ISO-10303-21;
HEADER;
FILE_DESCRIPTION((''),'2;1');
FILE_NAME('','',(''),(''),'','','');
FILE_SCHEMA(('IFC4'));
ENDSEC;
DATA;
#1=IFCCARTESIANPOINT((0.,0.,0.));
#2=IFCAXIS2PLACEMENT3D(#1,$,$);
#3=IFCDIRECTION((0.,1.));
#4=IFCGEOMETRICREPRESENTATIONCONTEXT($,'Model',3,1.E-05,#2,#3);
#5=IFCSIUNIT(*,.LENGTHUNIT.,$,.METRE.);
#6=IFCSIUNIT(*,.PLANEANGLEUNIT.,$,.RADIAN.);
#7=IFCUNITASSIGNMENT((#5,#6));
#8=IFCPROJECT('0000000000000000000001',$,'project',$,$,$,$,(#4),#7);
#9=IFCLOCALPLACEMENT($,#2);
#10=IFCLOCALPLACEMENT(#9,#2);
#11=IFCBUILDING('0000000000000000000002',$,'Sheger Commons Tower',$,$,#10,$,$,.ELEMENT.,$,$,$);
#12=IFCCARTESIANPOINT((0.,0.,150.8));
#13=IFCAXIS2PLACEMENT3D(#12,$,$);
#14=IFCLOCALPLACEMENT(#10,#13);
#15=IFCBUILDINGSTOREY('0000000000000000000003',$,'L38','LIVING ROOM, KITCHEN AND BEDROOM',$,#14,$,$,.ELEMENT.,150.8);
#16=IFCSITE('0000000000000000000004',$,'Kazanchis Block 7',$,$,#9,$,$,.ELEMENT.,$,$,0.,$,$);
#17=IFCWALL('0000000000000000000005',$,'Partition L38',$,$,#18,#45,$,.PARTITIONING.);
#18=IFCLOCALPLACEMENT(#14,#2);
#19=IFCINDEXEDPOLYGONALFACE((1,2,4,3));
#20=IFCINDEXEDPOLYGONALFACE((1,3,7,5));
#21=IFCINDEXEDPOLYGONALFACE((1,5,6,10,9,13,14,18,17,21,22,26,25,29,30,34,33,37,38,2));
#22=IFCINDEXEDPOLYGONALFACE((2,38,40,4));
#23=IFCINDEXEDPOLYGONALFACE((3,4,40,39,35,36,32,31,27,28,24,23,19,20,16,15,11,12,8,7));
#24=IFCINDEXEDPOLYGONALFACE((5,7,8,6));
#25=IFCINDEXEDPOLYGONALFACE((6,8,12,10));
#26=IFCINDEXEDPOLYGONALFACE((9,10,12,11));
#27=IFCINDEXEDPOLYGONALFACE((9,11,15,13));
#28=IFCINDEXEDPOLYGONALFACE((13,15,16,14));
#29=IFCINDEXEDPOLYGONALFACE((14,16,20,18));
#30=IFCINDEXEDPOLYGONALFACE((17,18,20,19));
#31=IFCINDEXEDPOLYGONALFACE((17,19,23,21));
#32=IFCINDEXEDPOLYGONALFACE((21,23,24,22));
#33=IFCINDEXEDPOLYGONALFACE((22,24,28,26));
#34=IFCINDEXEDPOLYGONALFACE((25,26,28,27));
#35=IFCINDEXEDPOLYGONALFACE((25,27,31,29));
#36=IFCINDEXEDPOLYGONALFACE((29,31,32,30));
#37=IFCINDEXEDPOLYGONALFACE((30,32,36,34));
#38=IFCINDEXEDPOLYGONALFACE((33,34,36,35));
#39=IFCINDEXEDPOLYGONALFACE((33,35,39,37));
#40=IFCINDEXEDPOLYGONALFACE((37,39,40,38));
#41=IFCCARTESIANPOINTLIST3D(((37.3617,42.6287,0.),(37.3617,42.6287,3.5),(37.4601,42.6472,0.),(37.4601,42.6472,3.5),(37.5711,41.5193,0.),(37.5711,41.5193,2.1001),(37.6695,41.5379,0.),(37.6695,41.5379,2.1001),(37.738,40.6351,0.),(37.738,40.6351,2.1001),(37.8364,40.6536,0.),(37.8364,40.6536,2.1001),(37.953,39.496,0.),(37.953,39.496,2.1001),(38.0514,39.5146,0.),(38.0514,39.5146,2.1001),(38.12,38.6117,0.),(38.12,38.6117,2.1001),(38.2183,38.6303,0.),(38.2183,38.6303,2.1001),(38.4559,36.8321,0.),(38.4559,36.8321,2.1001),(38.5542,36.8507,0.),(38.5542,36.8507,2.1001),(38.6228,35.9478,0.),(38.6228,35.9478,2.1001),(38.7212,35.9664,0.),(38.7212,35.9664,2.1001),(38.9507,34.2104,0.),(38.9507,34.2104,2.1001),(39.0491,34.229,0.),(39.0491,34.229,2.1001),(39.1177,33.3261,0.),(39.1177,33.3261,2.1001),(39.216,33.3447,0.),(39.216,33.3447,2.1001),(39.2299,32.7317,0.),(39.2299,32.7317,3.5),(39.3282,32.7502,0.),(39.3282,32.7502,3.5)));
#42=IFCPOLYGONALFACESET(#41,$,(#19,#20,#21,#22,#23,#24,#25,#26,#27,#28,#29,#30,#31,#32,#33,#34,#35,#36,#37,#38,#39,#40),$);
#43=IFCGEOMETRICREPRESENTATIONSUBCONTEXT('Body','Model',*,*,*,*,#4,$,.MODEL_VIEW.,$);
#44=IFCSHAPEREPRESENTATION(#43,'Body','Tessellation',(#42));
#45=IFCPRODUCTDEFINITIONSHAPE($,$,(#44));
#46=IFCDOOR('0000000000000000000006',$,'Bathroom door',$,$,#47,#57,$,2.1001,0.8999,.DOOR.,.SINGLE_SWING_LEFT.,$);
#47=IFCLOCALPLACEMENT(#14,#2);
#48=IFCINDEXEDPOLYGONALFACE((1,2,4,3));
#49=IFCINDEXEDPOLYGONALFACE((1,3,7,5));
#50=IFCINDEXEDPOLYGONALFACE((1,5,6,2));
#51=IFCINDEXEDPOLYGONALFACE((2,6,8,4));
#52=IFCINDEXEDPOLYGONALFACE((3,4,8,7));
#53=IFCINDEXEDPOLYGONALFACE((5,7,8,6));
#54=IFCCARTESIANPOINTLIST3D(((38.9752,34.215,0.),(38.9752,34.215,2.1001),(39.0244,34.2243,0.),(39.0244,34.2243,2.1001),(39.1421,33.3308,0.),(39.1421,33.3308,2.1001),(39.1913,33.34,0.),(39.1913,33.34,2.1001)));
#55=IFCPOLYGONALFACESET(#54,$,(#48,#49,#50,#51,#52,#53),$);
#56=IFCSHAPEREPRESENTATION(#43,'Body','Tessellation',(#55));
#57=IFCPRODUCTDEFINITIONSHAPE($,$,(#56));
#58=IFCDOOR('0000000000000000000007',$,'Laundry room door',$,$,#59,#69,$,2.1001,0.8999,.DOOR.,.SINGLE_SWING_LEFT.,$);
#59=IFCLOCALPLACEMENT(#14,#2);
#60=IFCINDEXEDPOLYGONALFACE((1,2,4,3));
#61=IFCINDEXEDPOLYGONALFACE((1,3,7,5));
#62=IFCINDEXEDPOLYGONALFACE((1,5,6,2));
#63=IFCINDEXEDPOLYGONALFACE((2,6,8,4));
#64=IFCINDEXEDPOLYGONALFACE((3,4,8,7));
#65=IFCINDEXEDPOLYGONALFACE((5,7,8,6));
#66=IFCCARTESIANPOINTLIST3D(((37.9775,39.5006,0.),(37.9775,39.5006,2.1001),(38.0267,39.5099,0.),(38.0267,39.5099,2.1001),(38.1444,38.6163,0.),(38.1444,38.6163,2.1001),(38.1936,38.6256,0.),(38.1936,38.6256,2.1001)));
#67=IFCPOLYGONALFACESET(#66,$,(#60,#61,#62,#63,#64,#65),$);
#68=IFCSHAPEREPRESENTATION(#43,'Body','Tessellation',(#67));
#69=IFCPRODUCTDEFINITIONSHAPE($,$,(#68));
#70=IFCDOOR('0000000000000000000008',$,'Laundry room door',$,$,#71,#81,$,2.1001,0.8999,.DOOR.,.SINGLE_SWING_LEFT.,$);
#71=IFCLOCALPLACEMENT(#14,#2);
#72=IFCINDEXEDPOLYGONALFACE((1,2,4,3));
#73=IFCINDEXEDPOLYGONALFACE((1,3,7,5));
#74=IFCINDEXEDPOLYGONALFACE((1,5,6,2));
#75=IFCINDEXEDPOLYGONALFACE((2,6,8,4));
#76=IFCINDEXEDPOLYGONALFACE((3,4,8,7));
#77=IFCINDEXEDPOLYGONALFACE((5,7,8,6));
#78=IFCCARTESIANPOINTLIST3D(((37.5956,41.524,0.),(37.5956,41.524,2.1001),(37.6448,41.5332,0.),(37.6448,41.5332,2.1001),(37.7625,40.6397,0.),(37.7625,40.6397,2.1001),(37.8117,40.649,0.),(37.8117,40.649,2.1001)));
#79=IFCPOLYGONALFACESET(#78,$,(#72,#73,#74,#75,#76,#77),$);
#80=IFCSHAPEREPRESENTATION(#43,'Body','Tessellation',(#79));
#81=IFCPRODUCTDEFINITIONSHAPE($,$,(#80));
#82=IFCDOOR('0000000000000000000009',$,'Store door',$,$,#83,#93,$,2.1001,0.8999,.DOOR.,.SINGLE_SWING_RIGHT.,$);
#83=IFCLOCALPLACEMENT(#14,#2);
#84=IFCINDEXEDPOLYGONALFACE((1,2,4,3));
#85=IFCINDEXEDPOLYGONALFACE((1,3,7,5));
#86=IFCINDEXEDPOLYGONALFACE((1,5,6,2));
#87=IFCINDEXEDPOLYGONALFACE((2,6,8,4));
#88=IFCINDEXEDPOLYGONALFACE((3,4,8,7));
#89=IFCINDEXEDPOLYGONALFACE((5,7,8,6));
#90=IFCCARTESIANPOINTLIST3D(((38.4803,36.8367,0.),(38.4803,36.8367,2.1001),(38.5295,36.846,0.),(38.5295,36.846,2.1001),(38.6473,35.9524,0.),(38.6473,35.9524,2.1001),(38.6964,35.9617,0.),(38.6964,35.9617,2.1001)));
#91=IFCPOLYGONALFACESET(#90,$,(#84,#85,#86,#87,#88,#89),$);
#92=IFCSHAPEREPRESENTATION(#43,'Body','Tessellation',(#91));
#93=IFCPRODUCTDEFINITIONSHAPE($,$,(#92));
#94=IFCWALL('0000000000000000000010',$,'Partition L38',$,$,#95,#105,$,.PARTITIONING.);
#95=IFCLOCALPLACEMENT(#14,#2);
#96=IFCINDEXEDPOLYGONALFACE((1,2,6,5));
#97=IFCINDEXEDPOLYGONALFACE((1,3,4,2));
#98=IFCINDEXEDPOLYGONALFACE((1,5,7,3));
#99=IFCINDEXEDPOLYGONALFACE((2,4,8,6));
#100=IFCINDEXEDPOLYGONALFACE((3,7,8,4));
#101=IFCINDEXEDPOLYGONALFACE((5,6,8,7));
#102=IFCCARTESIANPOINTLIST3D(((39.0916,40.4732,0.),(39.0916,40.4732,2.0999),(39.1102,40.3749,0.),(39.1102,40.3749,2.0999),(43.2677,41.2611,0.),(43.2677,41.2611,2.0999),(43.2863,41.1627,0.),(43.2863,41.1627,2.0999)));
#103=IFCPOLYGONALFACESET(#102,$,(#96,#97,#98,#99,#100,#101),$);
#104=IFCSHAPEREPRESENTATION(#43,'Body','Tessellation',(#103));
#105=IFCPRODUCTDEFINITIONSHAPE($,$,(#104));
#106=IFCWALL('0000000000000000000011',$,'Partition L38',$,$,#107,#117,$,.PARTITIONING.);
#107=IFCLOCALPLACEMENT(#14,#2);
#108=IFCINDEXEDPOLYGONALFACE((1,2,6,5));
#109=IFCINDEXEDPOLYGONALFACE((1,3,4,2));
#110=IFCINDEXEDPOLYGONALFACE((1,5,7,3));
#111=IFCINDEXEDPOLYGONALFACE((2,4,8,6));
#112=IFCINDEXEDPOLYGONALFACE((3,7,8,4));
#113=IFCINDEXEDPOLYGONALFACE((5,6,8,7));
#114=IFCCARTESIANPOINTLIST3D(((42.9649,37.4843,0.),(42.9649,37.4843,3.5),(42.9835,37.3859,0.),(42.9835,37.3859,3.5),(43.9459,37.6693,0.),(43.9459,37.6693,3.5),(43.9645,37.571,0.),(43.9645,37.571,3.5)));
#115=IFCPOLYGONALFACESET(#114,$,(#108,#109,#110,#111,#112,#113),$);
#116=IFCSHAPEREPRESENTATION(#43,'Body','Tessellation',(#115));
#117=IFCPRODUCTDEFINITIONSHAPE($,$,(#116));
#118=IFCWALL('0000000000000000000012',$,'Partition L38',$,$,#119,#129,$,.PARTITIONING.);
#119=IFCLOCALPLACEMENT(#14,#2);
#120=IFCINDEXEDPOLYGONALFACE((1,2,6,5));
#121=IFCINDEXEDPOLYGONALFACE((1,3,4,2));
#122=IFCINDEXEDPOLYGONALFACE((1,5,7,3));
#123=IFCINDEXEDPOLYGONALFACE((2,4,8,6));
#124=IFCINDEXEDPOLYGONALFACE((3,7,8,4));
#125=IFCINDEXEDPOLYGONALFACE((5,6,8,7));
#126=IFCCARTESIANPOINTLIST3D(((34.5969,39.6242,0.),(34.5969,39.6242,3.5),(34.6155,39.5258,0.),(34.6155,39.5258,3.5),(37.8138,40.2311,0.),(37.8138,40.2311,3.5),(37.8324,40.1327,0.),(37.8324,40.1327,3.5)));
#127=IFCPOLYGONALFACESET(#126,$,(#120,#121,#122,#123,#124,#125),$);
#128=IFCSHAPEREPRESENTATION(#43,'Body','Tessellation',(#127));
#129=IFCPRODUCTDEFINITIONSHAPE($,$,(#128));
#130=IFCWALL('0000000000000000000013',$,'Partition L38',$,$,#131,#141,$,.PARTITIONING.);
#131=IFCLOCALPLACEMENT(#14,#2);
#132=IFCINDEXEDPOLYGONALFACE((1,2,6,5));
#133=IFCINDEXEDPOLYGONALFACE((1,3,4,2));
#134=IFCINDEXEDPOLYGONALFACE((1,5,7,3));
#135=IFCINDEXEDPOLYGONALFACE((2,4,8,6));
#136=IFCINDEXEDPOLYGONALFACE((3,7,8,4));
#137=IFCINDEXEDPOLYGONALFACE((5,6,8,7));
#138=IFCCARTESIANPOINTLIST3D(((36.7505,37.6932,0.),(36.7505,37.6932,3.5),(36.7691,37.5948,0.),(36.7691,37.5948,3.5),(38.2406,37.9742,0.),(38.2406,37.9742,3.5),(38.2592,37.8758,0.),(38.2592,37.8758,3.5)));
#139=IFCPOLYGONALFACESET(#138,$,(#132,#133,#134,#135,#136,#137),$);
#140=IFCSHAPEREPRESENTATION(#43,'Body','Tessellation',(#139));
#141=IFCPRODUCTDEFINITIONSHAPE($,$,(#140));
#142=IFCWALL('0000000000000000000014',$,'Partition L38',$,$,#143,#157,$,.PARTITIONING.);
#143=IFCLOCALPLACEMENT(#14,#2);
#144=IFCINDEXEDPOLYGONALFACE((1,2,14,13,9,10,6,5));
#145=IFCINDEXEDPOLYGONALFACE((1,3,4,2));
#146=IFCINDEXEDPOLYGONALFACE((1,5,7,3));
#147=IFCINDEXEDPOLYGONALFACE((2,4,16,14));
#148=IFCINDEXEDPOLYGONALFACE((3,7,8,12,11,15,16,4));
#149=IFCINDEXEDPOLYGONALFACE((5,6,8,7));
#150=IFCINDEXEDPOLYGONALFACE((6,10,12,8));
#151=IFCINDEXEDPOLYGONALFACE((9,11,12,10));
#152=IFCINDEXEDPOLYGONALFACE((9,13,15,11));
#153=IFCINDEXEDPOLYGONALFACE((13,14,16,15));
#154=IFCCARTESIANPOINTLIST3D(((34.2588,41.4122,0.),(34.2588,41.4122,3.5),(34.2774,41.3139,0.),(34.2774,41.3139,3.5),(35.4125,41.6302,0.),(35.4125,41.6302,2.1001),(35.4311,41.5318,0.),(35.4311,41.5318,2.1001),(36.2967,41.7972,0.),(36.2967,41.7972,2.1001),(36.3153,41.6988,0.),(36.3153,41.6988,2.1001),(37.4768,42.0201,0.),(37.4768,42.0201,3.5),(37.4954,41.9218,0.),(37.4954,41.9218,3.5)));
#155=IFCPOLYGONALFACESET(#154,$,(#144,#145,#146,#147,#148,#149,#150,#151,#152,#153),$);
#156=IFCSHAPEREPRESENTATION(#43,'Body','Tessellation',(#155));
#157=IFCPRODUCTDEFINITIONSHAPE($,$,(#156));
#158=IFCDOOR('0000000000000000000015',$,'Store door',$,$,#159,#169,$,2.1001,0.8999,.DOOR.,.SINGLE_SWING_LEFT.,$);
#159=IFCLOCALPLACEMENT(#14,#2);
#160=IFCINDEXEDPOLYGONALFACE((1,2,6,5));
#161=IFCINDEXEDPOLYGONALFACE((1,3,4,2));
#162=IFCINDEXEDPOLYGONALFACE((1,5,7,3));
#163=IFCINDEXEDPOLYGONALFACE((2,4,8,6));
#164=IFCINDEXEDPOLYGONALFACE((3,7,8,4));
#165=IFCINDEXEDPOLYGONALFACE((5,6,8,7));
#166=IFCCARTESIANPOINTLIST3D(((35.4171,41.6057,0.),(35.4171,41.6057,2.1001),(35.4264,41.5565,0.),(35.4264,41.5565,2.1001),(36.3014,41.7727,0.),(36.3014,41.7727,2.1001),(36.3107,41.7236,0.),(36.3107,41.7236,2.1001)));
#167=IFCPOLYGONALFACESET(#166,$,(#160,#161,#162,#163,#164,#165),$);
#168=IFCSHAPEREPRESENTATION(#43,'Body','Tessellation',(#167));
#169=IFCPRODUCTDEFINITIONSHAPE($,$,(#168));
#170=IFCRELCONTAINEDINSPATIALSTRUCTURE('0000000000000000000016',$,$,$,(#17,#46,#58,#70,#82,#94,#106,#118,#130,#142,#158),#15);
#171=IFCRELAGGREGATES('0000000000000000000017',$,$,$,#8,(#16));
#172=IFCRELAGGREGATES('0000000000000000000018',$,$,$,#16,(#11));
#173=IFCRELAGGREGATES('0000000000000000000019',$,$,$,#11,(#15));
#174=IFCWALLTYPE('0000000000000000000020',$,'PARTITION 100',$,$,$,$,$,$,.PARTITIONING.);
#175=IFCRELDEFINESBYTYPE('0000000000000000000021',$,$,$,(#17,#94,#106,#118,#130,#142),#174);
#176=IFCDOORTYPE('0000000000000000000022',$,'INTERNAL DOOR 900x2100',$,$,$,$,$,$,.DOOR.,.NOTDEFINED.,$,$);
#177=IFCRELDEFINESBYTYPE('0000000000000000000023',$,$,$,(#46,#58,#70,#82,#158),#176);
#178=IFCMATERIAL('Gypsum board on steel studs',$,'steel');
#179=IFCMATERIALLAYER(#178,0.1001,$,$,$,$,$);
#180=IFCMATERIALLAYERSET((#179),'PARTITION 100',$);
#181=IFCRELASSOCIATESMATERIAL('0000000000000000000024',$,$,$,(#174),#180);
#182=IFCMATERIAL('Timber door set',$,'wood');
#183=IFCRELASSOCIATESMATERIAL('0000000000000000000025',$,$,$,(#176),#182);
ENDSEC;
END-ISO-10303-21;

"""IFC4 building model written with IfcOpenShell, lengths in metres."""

from ifc_helpers import new_model, si_unit, direction, frame, frame_2d, origin, place, context, subcontext, project, spatial, rectangle, extrude, material, layer, layer_set, type_object, element, fill, save


model = new_model("IFC4")

# Units and contexts
model_context = context("Model", 3, precision=1e-05, world=origin(), true_north=direction((0.0, 1.0)))
body_context = subcontext(model_context, "Body", "Model", "MODEL_VIEW")
ifc_project = project(units=[si_unit("LENGTHUNIT", "METRE"), si_unit("PLANEANGLEUNIT", "RADIAN")], contexts=[model_context])

# Site, building, storey
site_placement = place(None, origin())
site = spatial("IfcSite", under=ifc_project, at=site_placement, Name="Kazanchis Block 7", CompositionType="ELEMENT", RefElevation=0.0)
building_placement = place(site_placement, origin())
building = spatial("IfcBuilding", under=site, at=building_placement, Name="Sheger Commons Tower", CompositionType="ELEMENT")
storey_placement = place(building_placement, frame((0.0, 0.0, 150.8)))
storey = spatial("IfcBuildingStorey", under=building, at=storey_placement, Name="L38", Description="LIVING ROOM, KITCHEN AND BEDROOM", CompositionType="ELEMENT", Elevation=150.8)

# Shared definitions
ifc_material_1 = material(Name="Gypsum board on steel studs", Category="steel")
ifc_layer_1 = layer(ifc_material_1, 0.1001)
ifc_layer_set_1 = layer_set([ifc_layer_1], Name="PARTITION 100")
wall_type = type_object("IfcWallType", Name="PARTITION 100", PredefinedType="PARTITIONING", material=ifc_layer_set_1)

# Wall, openings, doors
ifc_material_2 = material(Name="Timber door set", Category="wood")
door_type = type_object("IfcDoorType", Name="INTERNAL DOOR 900x2100", OperationType="NOTDEFINED", PredefinedType="DOOR", material=ifc_material_2)
wall_1_placement = place(storey_placement, frame((37.4109, 42.6379, 0.0), z_axis=(0.0, 0.0, 1.0), x_axis=(0.185486, -0.982647, 0.0)))
wall_1 = element("IfcWall", 1, at=wall_1_placement, inside=storey, type_object=wall_type, Name="Partition L38", PredefinedType="PARTITIONING", context=body_context, shape_type="SweptSolid", body=[
    extrude(rectangle(XDim=10.0718, YDim=0.1001, at=frame_2d((5.0359, 0.0))), origin(), (0.0, 0.0, 1.0), 3.5),
])
opening_1_placement = place(wall_1_placement, frame((8.5669, 0.0, 0.0)))
opening_1 = element("IfcOpeningElement", 2, at=opening_1_placement, cuts=wall_1, PredefinedType="OPENING", context=body_context, shape_type="SweptSolid", body=[
    extrude(rectangle(XDim=0.8999, YDim=2.1001, at=frame_2d((0.45, 1.05))), frame((0.0, 0.0601, 0.0), z_axis=(0.0, -1.0, 0.0), x_axis=(1.0, 0.0, 0.0)), (0.0, 0.0, 1.0), 0.1201),
])
opening_2_placement = place(wall_1_placement, frame((3.188, 0.0, 0.0)))
opening_2 = element("IfcOpeningElement", 3, at=opening_2_placement, cuts=wall_1, PredefinedType="OPENING", context=body_context, shape_type="SweptSolid", body=[
    extrude(rectangle(XDim=0.8999, YDim=2.1001, at=frame_2d((0.45, 1.05))), frame((0.0, 0.0601, 0.0), z_axis=(0.0, -1.0, 0.0), x_axis=(1.0, 0.0, 0.0)), (0.0, 0.0, 1.0), 0.1201),
])
opening_3_placement = place(wall_1_placement, frame((1.1289, 0.0, 0.0)))
opening_3 = element("IfcOpeningElement", 4, at=opening_3_placement, cuts=wall_1, PredefinedType="OPENING", context=body_context, shape_type="SweptSolid", body=[
    extrude(rectangle(XDim=0.8999, YDim=2.1001, at=frame_2d((0.45, 1.05))), frame((0.0, 0.0601, 0.0), z_axis=(0.0, -1.0, 0.0), x_axis=(1.0, 0.0, 0.0)), (0.0, 0.0, 1.0), 0.1201),
])
opening_4_placement = place(wall_1_placement, frame((5.8989, 0.0, 0.0)))
opening_4 = element("IfcOpeningElement", 5, at=opening_4_placement, cuts=wall_1, PredefinedType="OPENING", context=body_context, shape_type="SweptSolid", body=[
    extrude(rectangle(XDim=0.8999, YDim=2.1001, at=frame_2d((0.45, 1.05))), frame((0.0, 0.0601, 0.0), z_axis=(0.0, -1.0, 0.0), x_axis=(1.0, 0.0, 0.0)), (0.0, 0.0, 1.0), 0.1201),
])
door_1_placement = place(opening_1_placement, origin())
door_1 = element("IfcDoor", 6, at=door_1_placement, inside=storey, type_object=door_type, Name="Bathroom door", OperationType="SINGLE_SWING_LEFT", OverallHeight=2.1001, OverallWidth=0.8999, PredefinedType="DOOR", context=body_context, shape_type="SweptSolid", body=[
    extrude(rectangle(XDim=0.8999, YDim=2.1001, at=frame_2d((0.45, 1.05))), frame((0.0, 0.0249, 0.0), z_axis=(0.0, -1.0, 0.0), x_axis=(1.0, 0.0, 0.0)), (0.0, 0.0, 1.0), 0.05),
])
fill(opening_1, door_1)
door_2_placement = place(opening_2_placement, origin())
door_2 = element("IfcDoor", 7, at=door_2_placement, inside=storey, type_object=door_type, Name="Laundry room door", OperationType="SINGLE_SWING_LEFT", OverallHeight=2.1001, OverallWidth=0.8999, PredefinedType="DOOR", context=body_context, shape_type="SweptSolid", body=[
    extrude(rectangle(XDim=0.8999, YDim=2.1001, at=frame_2d((0.45, 1.05))), frame((0.0, 0.0249, 0.0), z_axis=(0.0, -1.0, 0.0), x_axis=(1.0, 0.0, 0.0)), (0.0, 0.0, 1.0), 0.05),
])
fill(opening_2, door_2)
door_3_placement = place(opening_3_placement, origin())
door_3 = element("IfcDoor", 8, at=door_3_placement, inside=storey, type_object=door_type, Name="Laundry room door", OperationType="SINGLE_SWING_LEFT", OverallHeight=2.1001, OverallWidth=0.8999, PredefinedType="DOOR", context=body_context, shape_type="SweptSolid", body=[
    extrude(rectangle(XDim=0.8999, YDim=2.1001, at=frame_2d((0.45, 1.05))), frame((0.0, 0.0249, 0.0), z_axis=(0.0, -1.0, 0.0), x_axis=(1.0, 0.0, 0.0)), (0.0, 0.0, 1.0), 0.05),
])
fill(opening_3, door_3)
door_4_placement = place(opening_4_placement, origin())
door_4 = element("IfcDoor", 9, at=door_4_placement, inside=storey, type_object=door_type, Name="Store door", OperationType="SINGLE_SWING_RIGHT", OverallHeight=2.1001, OverallWidth=0.8999, PredefinedType="DOOR", context=body_context, shape_type="SweptSolid", body=[
    extrude(rectangle(XDim=0.8999, YDim=2.1001, at=frame_2d((0.45, 1.05))), frame((0.0, 0.0249, 0.0), z_axis=(0.0, -1.0, 0.0), x_axis=(1.0, 0.0, 0.0)), (0.0, 0.0, 1.0), 0.05),
])
fill(opening_4, door_4)

# Walls
wall_2_placement = place(storey_placement, frame((43.2771, 41.2119, 0.0), z_axis=(0.0, 0.0, 1.0), x_axis=(-0.982665, -0.185388, 0.0)))
element("IfcWall", 10, at=wall_2_placement, inside=storey, type_object=wall_type, Name="Partition L38", PredefinedType="PARTITIONING", context=body_context, shape_type="SweptSolid", body=[
    extrude(rectangle(XDim=4.2498, YDim=0.1001, at=frame_2d((2.125, 0.0))), origin(), (0.0, 0.0, 1.0), 2.0999),
])
wall_3_placement = place(storey_placement, frame((43.9551, 37.6201, 0.0), z_axis=(0.0, 0.0, 1.0), x_axis=(-0.982667, -0.185381, 0.0)))
element("IfcWall", 11, at=wall_3_placement, inside=storey, type_object=wall_type, Name="Partition L38", PredefinedType="PARTITIONING", context=body_context, shape_type="SweptSolid", body=[
    extrude(rectangle(XDim=0.9983, YDim=0.1001, at=frame_2d((0.499, 0.0))), origin(), (0.0, 0.0, 1.0), 3.5),
])
wall_4_placement = place(storey_placement, frame((37.823, 40.1819, 0.0), z_axis=(0.0, 0.0, 1.0), x_axis=(-0.982665, -0.185392, 0.0)))
element("IfcWall", 12, at=wall_4_placement, inside=storey, type_object=wall_type, Name="Partition L38", PredefinedType="PARTITIONING", context=body_context, shape_type="SweptSolid", body=[
    extrude(rectangle(XDim=3.2737, YDim=0.1001, at=frame_2d((1.6367, 0.0))), origin(), (0.0, 0.0, 1.0), 3.5),
])
wall_5_placement = place(storey_placement, frame((38.25, 37.925, 0.0), z_axis=(0.0, 0.0, 1.0), x_axis=(-0.982677, -0.185329, 0.0)))
element("IfcWall", 13, at=wall_5_placement, inside=storey, type_object=wall_type, Name="Partition L38", PredefinedType="PARTITIONING", context=body_context, shape_type="SweptSolid", body=[
    extrude(rectangle(XDim=1.5164, YDim=0.1001, at=frame_2d((0.7583, 0.0))), origin(), (0.0, 0.0, 1.0), 3.5),
])

# Wall, opening, door
wall_6_placement = place(storey_placement, frame((37.4861, 41.9709, 0.0), z_axis=(0.0, 0.0, 1.0), x_axis=(-0.982621, -0.185625, 0.0)))
wall_6 = element("IfcWall", 14, at=wall_6_placement, inside=storey, type_object=wall_type, Name="Partition L38", PredefinedType="PARTITIONING", context=body_context, shape_type="SweptSolid", body=[
    extrude(rectangle(XDim=3.2749, YDim=0.1001, at=frame_2d((1.6375, 0.0))), origin(), (0.0, 0.0, 1.0), 3.5),
])
opening_5_placement = place(wall_6_placement, frame((1.2009, 0.0, 0.0)))
opening_5 = element("IfcOpeningElement", 15, at=opening_5_placement, cuts=wall_6, PredefinedType="OPENING", context=body_context, shape_type="SweptSolid", body=[
    extrude(rectangle(XDim=0.8999, YDim=2.1001, at=frame_2d((0.45, 1.05))), frame((0.0, 0.0601, 0.0), z_axis=(0.0, -1.0, 0.0), x_axis=(1.0, 0.0, 0.0)), (0.0, 0.0, 1.0), 0.1201),
])
door_5_placement = place(opening_5_placement, origin())
door_5 = element("IfcDoor", 16, at=door_5_placement, inside=storey, type_object=door_type, Name="Store door", OperationType="SINGLE_SWING_LEFT", OverallHeight=2.1001, OverallWidth=0.8999, PredefinedType="DOOR", context=body_context, shape_type="SweptSolid", body=[
    extrude(rectangle(XDim=0.8999, YDim=2.1001, at=frame_2d((0.45, 1.05))), frame((0.0, 0.0249, 0.0), z_axis=(0.0, -1.0, 0.0), x_axis=(1.0, 0.0, 0.0)), (0.0, 0.0, 1.0), 0.05),
])
fill(opening_5, door_5)

save(model, "model.ifc")
